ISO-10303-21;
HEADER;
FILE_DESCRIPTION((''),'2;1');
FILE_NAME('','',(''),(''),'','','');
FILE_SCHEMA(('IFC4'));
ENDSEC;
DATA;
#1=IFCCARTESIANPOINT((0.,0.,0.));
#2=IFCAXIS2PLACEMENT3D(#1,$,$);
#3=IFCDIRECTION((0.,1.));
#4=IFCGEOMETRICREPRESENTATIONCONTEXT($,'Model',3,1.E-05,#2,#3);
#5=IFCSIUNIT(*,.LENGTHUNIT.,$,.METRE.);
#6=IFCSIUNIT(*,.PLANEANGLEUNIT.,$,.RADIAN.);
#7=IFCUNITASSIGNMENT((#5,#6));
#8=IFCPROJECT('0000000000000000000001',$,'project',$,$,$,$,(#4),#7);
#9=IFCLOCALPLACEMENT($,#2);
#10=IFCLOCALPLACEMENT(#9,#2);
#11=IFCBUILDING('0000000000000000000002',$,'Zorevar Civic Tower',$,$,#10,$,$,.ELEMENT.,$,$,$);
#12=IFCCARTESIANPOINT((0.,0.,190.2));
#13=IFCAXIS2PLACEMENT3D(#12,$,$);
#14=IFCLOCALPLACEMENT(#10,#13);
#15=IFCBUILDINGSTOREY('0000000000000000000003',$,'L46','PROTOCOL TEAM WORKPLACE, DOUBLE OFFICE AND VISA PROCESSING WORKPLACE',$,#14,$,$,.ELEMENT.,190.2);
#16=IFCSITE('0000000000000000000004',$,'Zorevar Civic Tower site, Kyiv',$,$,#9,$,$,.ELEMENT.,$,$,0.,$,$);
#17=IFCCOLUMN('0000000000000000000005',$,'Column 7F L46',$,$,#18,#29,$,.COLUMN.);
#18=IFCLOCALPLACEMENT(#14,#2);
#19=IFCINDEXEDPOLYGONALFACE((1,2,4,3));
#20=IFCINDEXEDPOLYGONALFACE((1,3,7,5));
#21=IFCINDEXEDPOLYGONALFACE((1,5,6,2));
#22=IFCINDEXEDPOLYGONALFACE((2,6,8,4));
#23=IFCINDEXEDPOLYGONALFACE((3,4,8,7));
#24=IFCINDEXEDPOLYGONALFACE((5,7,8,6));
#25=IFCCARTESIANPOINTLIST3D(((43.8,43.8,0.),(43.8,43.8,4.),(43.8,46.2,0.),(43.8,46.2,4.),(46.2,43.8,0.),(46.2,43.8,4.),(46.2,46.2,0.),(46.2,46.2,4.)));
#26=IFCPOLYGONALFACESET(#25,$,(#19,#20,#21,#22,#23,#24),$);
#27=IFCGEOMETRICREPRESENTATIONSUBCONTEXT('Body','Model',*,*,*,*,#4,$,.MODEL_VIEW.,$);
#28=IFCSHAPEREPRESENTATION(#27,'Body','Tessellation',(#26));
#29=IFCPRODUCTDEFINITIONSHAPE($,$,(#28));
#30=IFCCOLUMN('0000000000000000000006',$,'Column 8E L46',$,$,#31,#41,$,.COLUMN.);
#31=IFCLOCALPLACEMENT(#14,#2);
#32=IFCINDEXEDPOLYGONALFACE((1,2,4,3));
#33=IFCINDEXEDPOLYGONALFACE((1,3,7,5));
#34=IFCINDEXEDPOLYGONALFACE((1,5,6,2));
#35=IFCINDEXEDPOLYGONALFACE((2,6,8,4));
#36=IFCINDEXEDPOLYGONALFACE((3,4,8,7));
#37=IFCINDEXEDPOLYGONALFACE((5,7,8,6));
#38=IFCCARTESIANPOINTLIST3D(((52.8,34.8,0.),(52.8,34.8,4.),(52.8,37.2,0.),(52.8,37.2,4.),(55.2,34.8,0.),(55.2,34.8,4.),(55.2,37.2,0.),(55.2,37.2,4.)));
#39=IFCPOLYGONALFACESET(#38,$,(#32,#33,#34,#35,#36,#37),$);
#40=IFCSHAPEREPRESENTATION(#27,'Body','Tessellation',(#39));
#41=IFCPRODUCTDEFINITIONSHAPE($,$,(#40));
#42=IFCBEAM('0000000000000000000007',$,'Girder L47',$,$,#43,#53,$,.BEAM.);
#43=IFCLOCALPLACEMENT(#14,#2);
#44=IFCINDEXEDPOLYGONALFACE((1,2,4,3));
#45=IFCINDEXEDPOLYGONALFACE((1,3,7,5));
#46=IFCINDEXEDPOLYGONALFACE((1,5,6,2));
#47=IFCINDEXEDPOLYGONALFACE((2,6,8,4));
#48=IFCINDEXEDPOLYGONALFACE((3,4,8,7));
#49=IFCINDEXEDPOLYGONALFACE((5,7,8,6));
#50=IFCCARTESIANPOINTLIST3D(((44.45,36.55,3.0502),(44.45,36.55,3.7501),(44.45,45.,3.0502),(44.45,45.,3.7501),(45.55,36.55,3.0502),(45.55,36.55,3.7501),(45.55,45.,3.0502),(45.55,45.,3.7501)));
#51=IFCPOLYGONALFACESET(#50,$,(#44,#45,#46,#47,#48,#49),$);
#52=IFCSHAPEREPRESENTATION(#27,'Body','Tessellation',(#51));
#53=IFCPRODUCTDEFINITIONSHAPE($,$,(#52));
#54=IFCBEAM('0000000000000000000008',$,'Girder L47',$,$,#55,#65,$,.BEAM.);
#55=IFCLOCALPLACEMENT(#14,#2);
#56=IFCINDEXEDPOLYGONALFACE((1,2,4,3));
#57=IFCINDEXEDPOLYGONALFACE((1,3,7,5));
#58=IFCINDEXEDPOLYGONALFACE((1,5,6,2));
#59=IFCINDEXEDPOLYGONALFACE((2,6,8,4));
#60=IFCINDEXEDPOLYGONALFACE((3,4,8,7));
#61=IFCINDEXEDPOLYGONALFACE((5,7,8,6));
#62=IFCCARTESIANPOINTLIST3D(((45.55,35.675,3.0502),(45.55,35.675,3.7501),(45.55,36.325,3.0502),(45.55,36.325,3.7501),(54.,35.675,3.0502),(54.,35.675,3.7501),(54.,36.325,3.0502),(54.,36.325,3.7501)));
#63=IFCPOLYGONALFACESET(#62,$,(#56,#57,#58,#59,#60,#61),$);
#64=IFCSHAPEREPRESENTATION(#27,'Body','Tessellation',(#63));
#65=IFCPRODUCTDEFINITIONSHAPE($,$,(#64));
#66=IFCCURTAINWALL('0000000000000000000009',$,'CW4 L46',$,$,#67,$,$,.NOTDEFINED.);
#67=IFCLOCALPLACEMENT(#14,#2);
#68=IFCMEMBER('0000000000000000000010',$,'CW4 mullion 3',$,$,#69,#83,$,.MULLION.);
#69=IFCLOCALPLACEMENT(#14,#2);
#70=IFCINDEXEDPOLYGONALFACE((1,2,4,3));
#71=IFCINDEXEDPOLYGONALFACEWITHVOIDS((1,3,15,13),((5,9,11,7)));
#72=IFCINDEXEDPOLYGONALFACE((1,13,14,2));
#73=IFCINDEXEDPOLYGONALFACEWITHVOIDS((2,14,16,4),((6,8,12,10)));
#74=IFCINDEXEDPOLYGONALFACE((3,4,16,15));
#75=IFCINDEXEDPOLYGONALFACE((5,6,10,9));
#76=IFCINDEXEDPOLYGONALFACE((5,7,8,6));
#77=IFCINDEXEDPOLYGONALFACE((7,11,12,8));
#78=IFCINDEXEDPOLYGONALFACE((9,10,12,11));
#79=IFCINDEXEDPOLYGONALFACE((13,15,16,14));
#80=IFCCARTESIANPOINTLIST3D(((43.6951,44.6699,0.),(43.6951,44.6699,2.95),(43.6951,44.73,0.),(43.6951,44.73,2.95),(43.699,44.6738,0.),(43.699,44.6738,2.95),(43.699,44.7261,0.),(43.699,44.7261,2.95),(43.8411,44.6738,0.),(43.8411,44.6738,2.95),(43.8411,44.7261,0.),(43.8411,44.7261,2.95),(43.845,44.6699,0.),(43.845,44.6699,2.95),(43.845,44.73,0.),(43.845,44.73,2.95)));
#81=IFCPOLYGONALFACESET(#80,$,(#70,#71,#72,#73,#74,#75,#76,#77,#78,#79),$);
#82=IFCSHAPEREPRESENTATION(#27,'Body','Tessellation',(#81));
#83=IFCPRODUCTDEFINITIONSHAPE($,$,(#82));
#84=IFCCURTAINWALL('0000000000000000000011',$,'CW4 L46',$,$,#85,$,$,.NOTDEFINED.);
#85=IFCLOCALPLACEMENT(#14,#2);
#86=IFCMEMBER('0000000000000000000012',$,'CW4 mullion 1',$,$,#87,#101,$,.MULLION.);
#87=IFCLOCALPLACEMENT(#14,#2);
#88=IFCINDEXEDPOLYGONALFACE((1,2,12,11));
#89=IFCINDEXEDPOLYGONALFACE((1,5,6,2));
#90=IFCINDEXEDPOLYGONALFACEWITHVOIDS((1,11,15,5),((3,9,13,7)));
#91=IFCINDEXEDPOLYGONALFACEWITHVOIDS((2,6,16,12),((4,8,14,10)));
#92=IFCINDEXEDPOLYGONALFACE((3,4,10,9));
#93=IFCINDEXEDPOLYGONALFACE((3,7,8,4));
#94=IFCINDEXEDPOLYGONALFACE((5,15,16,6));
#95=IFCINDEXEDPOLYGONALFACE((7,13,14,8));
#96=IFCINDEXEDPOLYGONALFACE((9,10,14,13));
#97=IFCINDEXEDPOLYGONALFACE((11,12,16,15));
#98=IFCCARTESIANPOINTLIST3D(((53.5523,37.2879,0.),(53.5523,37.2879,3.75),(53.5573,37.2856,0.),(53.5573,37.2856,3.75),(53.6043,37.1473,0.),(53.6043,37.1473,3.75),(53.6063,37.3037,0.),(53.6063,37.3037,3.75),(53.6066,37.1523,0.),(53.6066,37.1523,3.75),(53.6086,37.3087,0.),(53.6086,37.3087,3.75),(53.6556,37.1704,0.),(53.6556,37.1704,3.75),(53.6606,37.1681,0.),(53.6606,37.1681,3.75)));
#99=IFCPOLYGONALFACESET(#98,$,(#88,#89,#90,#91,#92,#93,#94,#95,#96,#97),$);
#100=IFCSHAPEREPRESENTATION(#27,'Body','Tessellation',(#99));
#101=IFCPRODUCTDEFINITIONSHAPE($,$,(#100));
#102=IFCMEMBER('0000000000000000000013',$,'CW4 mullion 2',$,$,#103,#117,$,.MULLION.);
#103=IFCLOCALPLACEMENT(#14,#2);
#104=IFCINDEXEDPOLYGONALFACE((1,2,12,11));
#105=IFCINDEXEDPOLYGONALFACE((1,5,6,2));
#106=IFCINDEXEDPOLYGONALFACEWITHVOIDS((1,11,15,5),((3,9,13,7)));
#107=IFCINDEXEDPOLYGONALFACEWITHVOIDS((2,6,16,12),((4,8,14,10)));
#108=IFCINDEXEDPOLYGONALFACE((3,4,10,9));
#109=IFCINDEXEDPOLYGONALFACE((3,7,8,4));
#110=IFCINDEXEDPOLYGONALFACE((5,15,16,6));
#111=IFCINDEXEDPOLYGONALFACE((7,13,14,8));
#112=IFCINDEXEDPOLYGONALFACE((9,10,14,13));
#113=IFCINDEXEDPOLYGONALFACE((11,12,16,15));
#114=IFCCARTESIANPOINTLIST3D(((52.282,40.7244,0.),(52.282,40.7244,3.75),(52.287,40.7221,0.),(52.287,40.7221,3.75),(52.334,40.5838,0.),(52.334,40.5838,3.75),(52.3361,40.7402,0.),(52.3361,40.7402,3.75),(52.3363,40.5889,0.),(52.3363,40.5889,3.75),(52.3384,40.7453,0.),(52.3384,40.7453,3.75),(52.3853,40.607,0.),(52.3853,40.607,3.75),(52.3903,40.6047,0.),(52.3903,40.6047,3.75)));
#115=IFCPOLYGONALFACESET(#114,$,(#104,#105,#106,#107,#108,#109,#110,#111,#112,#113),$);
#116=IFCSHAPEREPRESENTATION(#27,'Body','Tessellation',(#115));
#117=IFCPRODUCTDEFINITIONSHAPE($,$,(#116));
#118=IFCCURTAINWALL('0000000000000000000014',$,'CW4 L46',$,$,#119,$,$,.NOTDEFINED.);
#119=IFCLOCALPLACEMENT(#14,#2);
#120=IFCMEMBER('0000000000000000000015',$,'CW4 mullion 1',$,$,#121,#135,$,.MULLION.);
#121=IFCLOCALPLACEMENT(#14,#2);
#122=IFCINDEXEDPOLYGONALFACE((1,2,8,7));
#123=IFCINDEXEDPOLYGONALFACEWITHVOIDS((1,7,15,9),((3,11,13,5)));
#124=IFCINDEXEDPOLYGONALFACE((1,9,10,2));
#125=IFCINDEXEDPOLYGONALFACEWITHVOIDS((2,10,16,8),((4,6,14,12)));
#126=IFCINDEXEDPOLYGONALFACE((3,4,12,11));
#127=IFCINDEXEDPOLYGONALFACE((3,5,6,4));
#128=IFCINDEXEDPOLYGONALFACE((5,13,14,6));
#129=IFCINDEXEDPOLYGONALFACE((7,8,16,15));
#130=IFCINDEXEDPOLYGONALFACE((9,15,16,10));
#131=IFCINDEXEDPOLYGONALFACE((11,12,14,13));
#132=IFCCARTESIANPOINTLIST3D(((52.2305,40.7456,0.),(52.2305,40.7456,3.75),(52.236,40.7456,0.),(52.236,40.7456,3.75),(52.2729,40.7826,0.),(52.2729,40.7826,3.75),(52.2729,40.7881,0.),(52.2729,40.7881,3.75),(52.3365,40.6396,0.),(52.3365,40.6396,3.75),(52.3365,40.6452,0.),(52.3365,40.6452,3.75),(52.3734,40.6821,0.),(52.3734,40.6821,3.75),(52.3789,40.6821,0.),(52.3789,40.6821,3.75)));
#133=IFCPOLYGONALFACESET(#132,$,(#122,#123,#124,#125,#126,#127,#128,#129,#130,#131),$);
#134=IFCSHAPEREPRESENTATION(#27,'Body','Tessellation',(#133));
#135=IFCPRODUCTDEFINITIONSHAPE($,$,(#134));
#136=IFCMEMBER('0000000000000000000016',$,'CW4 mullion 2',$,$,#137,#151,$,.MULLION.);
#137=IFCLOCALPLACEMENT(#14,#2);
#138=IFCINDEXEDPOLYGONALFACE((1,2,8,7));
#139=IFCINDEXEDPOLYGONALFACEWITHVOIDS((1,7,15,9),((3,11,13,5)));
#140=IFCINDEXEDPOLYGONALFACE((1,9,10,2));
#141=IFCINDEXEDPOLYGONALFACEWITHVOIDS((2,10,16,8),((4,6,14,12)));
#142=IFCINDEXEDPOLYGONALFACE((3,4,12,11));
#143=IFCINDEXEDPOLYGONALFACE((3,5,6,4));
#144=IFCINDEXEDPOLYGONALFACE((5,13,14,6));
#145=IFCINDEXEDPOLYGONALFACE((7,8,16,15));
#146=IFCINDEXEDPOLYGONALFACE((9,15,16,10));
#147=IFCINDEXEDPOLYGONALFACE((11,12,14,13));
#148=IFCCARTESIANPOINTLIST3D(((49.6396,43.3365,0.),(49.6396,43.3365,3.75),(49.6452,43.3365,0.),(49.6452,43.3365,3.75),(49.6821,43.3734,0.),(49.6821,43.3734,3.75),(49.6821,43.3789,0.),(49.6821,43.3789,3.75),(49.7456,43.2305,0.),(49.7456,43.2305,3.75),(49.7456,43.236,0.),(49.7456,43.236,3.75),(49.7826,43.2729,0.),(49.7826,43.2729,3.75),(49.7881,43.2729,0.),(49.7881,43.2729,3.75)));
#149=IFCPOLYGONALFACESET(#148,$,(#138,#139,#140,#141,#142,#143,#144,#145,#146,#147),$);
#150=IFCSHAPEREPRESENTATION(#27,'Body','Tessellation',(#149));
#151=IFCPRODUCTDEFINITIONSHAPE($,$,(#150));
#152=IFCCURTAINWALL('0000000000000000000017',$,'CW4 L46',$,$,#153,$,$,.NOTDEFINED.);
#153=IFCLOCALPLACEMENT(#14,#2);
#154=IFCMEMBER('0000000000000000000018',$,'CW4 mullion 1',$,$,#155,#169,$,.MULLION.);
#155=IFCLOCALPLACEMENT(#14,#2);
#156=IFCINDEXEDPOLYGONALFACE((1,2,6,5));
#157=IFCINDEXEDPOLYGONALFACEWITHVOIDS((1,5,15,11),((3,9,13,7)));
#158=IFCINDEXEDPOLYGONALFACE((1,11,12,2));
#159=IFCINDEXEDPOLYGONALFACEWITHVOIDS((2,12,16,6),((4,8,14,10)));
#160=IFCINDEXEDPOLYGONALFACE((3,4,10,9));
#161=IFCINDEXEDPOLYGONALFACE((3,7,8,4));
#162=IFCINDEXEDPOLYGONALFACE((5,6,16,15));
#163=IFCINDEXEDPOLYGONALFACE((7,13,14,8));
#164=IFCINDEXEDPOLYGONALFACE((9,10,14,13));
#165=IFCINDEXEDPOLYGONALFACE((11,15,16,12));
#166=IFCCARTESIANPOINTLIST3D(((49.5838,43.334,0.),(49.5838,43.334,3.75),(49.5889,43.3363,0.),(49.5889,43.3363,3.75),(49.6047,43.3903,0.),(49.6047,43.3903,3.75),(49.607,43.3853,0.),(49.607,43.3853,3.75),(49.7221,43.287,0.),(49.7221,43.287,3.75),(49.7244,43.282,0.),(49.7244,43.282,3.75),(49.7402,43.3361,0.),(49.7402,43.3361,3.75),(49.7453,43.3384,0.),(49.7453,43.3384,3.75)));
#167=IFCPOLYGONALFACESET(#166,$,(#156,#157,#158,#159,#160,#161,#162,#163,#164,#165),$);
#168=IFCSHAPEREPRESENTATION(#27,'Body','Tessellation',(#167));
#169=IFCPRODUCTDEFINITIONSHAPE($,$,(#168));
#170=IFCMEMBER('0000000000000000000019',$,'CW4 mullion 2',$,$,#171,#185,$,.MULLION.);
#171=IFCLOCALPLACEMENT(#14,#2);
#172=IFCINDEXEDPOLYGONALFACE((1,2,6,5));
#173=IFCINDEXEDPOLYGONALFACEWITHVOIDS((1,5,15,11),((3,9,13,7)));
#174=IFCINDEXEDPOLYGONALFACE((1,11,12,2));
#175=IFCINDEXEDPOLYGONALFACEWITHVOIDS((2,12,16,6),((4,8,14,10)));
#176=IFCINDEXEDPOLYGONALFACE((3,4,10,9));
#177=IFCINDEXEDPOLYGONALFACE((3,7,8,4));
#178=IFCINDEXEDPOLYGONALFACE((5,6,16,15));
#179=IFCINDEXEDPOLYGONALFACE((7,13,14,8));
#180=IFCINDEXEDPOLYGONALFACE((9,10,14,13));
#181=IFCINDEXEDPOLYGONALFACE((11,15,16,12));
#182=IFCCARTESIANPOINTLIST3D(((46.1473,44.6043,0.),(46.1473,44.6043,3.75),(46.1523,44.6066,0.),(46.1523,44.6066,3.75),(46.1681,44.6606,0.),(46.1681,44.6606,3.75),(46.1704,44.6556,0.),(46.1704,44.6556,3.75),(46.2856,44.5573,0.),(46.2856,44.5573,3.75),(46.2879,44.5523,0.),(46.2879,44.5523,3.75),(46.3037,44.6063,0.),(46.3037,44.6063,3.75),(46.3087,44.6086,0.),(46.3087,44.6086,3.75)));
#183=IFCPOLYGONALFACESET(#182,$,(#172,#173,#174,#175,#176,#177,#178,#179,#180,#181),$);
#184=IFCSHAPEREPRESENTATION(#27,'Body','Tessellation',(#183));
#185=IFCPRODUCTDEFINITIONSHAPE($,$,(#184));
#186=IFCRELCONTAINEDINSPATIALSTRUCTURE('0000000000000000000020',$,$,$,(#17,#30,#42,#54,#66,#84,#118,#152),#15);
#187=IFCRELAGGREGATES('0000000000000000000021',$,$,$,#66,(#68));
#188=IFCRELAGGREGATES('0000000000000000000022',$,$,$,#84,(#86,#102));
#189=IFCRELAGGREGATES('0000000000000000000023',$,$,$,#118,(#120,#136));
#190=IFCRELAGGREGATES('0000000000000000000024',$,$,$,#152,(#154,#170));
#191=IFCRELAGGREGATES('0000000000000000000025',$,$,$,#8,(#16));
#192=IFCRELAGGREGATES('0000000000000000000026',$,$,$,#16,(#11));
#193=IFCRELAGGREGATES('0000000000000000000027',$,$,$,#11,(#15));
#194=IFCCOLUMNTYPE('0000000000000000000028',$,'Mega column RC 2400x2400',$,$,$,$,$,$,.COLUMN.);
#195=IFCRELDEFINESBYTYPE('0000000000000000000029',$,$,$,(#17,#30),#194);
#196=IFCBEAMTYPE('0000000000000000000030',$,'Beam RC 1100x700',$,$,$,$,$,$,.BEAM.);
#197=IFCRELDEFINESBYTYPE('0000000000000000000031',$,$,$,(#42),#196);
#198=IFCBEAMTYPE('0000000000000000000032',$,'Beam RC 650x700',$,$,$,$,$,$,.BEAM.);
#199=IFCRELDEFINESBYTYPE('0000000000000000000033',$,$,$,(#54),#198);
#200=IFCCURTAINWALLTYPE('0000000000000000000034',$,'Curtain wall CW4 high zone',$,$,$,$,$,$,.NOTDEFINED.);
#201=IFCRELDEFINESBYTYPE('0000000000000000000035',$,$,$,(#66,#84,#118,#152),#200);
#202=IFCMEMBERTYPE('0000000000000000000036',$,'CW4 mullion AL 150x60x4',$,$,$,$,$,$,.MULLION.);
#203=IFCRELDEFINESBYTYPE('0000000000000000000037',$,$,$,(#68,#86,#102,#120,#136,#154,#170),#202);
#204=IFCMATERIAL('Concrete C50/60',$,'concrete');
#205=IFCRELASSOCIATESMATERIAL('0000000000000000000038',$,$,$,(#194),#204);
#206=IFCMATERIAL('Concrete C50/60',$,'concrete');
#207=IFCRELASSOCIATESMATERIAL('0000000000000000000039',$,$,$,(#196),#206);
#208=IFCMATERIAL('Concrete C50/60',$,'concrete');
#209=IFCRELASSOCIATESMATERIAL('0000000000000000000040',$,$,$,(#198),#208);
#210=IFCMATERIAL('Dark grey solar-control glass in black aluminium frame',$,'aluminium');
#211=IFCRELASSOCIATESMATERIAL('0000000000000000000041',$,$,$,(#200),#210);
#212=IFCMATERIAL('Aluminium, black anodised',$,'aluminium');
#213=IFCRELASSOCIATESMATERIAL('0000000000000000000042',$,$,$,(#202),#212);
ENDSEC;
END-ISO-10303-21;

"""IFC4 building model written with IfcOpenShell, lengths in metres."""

from ifc_helpers import new_model, si_unit, direction, frame, origin, origin_2d, place, context, subcontext, project, spatial, rectangle, hollow_rectangle, extrude, material, material_profile, profile_set, type_object, element, aggregate, save


model = new_model("IFC4")

# Units and contexts
model_context = context("Model", 3, precision=1e-05, world=origin(), true_north=direction((0.0, 1.0)))
body_context = subcontext(model_context, "Body", "Model", "MODEL_VIEW")
ifc_project = project(units=[si_unit("LENGTHUNIT", "METRE"), si_unit("PLANEANGLEUNIT", "RADIAN")], contexts=[model_context])

# Site, building, storey
site_placement = place(None, origin())
site = spatial("IfcSite", under=ifc_project, at=site_placement, Name="Zorevar Civic Tower site, Kyiv", CompositionType="ELEMENT", RefElevation=0.0)
building_placement = place(site_placement, origin())
building = spatial("IfcBuilding", under=site, at=building_placement, Name="Zorevar Civic Tower", CompositionType="ELEMENT")
storey_placement = place(building_placement, frame((0.0, 0.0, 190.2)))
storey = spatial("IfcBuildingStorey", under=building, at=storey_placement, Name="L46", Description="PROTOCOL TEAM WORKPLACE, DOUBLE OFFICE AND VISA PROCESSING WORKPLACE", CompositionType="ELEMENT", Elevation=190.2)

# Columns
ifc_material_1 = material(Name="Concrete C50/60", Category="concrete")
ifc_material_profile_1 = material_profile(ifc_material_1, rectangle(XDim=2.3999, YDim=2.3999, at=origin_2d()), Name="RC 2400x2400")
ifc_profile_set_1 = profile_set([ifc_material_profile_1], Name="Concrete C50/60")
column_type = type_object("IfcColumnType", Name="Mega column RC 2400x2400", PredefinedType="COLUMN", material=ifc_profile_set_1)
for number, where, z_axis, x_axis, name in (
    (1, (45.0, 45.0, 0.0), (0.0, 0.0, 1.0), (1.0, 0.0, 0.0), "Column 7F L46"),
    (2, (54.0, 36.0, 0.0), (0.0, 0.0, 1.0), (1.0, 0.0, 0.0), "Column 8E L46"),
):
    element("IfcColumn", number, at=place(storey_placement, frame(where, z_axis=z_axis, x_axis=x_axis)), inside=storey, type_object=column_type, Name=name, PredefinedType="COLUMN", context=body_context, shape_type="SweptSolid", body=[
        extrude(rectangle(XDim=2.3999, YDim=2.3999, at=origin_2d()), origin(), (0.0, 0.0, 1.0), 4.0),
    ])

# Beams
ifc_material_2 = material(Name="Concrete C50/60", Category="concrete")
ifc_material_profile_2 = material_profile(ifc_material_2, rectangle(XDim=1.1001, YDim=0.7, at=origin_2d()), Name="RC 1100x700")
ifc_profile_set_2 = profile_set([ifc_material_profile_2], Name="Concrete C50/60")
beam_type_1 = type_object("IfcBeamType", Name="Beam RC 1100x700", PredefinedType="BEAM", material=ifc_profile_set_2)
beam_1_placement = place(storey_placement, frame((45.0, 36.55, 3.4001), z_axis=(0.0, 1.0, 0.0), x_axis=(-1.0, 0.0, 0.0)))
element("IfcBeam", 3, at=beam_1_placement, inside=storey, type_object=beam_type_1, Name="Girder L47", PredefinedType="BEAM", context=body_context, shape_type="SweptSolid", body=[
    extrude(rectangle(XDim=1.1001, YDim=0.7, at=origin_2d()), origin(), (0.0, 0.0, 1.0), 8.45),
])
ifc_material_3 = material(Name="Concrete C50/60", Category="concrete")
ifc_material_profile_3 = material_profile(ifc_material_3, rectangle(XDim=0.6499, YDim=0.7, at=origin_2d()), Name="RC 650x700")
ifc_profile_set_3 = profile_set([ifc_material_profile_3], Name="Concrete C50/60")
beam_type_2 = type_object("IfcBeamType", Name="Beam RC 650x700", PredefinedType="BEAM", material=ifc_profile_set_3)
beam_2_placement = place(storey_placement, frame((45.55, 36.0, 3.4001), z_axis=(1.0, 0.0, 0.0), x_axis=(0.0, 1.0, 0.0)))
element("IfcBeam", 4, at=beam_2_placement, inside=storey, type_object=beam_type_2, Name="Girder L47", PredefinedType="BEAM", context=body_context, shape_type="SweptSolid", body=[
    extrude(rectangle(XDim=0.6499, YDim=0.7, at=origin_2d()), origin(), (0.0, 0.0, 1.0), 8.45),
])

# Curtain wall, member
ifc_material_4 = material(Name="Dark grey solar-control glass in black aluminium frame", Category="aluminium")
curtain_wall_type = type_object("IfcCurtainWallType", Name="Curtain wall CW4 high zone", PredefinedType="NOTDEFINED", material=ifc_material_4)
curtain_wall_1_placement = place(storey_placement, origin())
curtain_wall_1 = element("IfcCurtainWall", 5, at=curtain_wall_1_placement, inside=storey, type_object=curtain_wall_type, Name="CW4 L46", PredefinedType="NOTDEFINED")
ifc_material_5 = material(Name="Aluminium, black anodised", Category="aluminium")
ifc_material_profile_4 = material_profile(ifc_material_5, hollow_rectangle(XDim=0.0601, YDim=0.1499, WallThickness=0.0039, at=origin_2d()), Name="AL 150x60x4")
ifc_profile_set_4 = profile_set([ifc_material_profile_4], Name="Aluminium, black anodised")
member_type_1 = type_object("IfcMemberType", Name="CW4 mullion AL 150x60x4", PredefinedType="MULLION", material=ifc_profile_set_4)
member_1_placement = place(storey_placement, frame((43.77, 44.7, 0.0), z_axis=(0.0, 0.0, 1.0), x_axis=(0.0, 1.0, 0.0)))
member_1 = element("IfcMember", 6, at=member_1_placement, type_object=member_type_1, Name="CW4 mullion 3", PredefinedType="MULLION", context=body_context, shape_type="SweptSolid", body=[
    extrude(hollow_rectangle(XDim=0.0601, YDim=0.1499, WallThickness=0.0039, at=origin_2d()), origin(), (0.0, 0.0, 1.0), 2.95),
])

# Curtain walls, members
curtain_wall_2_placement = place(storey_placement, origin())
curtain_wall_2 = element("IfcCurtainWall", 7, at=curtain_wall_2_placement, inside=storey, type_object=curtain_wall_type, Name="CW4 L46", PredefinedType="NOTDEFINED")
member_2_placement = place(storey_placement, frame((53.6064, 37.228, 0.0), z_axis=(0.0, 0.0, 1.0), x_axis=(-0.937975, -0.346704, 0.0)))
member_2 = element("IfcMember", 8, at=member_2_placement, type_object=member_type_1, Name="CW4 mullion 1", PredefinedType="MULLION", context=body_context, shape_type="SweptSolid", body=[
    extrude(hollow_rectangle(XDim=0.0601, YDim=0.1499, WallThickness=0.0039, at=origin_2d()), origin(), (0.0, 0.0, 1.0), 3.75),
])
member_3_placement = place(storey_placement, frame((52.3362, 40.6646, 0.0), z_axis=(0.0, 0.0, 1.0), x_axis=(-0.937975, -0.346704, 0.0)))
member_3 = element("IfcMember", 9, at=member_3_placement, type_object=member_type_1, Name="CW4 mullion 2", PredefinedType="MULLION", context=body_context, shape_type="SweptSolid", body=[
    extrude(hollow_rectangle(XDim=0.0601, YDim=0.1499, WallThickness=0.0039, at=origin_2d()), origin(), (0.0, 0.0, 1.0), 3.75),
])
curtain_wall_3_placement = place(storey_placement, origin())
curtain_wall_3 = element("IfcCurtainWall", 10, at=curtain_wall_3_placement, inside=storey, type_object=curtain_wall_type, Name="CW4 L46", PredefinedType="NOTDEFINED")
member_4_placement = place(storey_placement, frame((52.3047, 40.7139, 0.0), z_axis=(0.0, 0.0, 1.0), x_axis=(-0.707107, -0.707107, 0.0)))
member_4 = element("IfcMember", 11, at=member_4_placement, type_object=member_type_1, Name="CW4 mullion 1", PredefinedType="MULLION", context=body_context, shape_type="SweptSolid", body=[
    extrude(hollow_rectangle(XDim=0.0601, YDim=0.1499, WallThickness=0.0039, at=origin_2d()), origin(), (0.0, 0.0, 1.0), 3.75),
])
member_5_placement = place(storey_placement, frame((49.7139, 43.3047, 0.0), z_axis=(0.0, 0.0, 1.0), x_axis=(-0.707107, -0.707107, 0.0)))
member_5 = element("IfcMember", 12, at=member_5_placement, type_object=member_type_1, Name="CW4 mullion 2", PredefinedType="MULLION", context=body_context, shape_type="SweptSolid", body=[
    extrude(hollow_rectangle(XDim=0.0601, YDim=0.1499, WallThickness=0.0039, at=origin_2d()), origin(), (0.0, 0.0, 1.0), 3.75),
])
curtain_wall_4_placement = place(storey_placement, origin())
curtain_wall_4 = element("IfcCurtainWall", 13, at=curtain_wall_4_placement, inside=storey, type_object=curtain_wall_type, Name="CW4 L46", PredefinedType="NOTDEFINED")
member_6_placement = place(storey_placement, frame((49.6646, 43.3362, 0.0), z_axis=(0.0, 0.0, 1.0), x_axis=(-0.346704, -0.937975, 0.0)))
member_6 = element("IfcMember", 14, at=member_6_placement, type_object=member_type_1, Name="CW4 mullion 1", PredefinedType="MULLION", context=body_context, shape_type="SweptSolid", body=[
    extrude(hollow_rectangle(XDim=0.0601, YDim=0.1499, WallThickness=0.0039, at=origin_2d()), origin(), (0.0, 0.0, 1.0), 3.75),
])
member_7_placement = place(storey_placement, frame((46.228, 44.6064, 0.0), z_axis=(0.0, 0.0, 1.0), x_axis=(-0.346704, -0.937975, 0.0)))
member_7 = element("IfcMember", 15, at=member_7_placement, type_object=member_type_1, Name="CW4 mullion 2", PredefinedType="MULLION", context=body_context, shape_type="SweptSolid", body=[
    extrude(hollow_rectangle(XDim=0.0601, YDim=0.1499, WallThickness=0.0039, at=origin_2d()), origin(), (0.0, 0.0, 1.0), 3.75),
])

aggregate(curtain_wall_1, [member_1])
aggregate(curtain_wall_2, [member_2, member_3])
aggregate(curtain_wall_3, [member_4, member_5])
aggregate(curtain_wall_4, [member_6, member_7])

save(model, "model.ifc")
